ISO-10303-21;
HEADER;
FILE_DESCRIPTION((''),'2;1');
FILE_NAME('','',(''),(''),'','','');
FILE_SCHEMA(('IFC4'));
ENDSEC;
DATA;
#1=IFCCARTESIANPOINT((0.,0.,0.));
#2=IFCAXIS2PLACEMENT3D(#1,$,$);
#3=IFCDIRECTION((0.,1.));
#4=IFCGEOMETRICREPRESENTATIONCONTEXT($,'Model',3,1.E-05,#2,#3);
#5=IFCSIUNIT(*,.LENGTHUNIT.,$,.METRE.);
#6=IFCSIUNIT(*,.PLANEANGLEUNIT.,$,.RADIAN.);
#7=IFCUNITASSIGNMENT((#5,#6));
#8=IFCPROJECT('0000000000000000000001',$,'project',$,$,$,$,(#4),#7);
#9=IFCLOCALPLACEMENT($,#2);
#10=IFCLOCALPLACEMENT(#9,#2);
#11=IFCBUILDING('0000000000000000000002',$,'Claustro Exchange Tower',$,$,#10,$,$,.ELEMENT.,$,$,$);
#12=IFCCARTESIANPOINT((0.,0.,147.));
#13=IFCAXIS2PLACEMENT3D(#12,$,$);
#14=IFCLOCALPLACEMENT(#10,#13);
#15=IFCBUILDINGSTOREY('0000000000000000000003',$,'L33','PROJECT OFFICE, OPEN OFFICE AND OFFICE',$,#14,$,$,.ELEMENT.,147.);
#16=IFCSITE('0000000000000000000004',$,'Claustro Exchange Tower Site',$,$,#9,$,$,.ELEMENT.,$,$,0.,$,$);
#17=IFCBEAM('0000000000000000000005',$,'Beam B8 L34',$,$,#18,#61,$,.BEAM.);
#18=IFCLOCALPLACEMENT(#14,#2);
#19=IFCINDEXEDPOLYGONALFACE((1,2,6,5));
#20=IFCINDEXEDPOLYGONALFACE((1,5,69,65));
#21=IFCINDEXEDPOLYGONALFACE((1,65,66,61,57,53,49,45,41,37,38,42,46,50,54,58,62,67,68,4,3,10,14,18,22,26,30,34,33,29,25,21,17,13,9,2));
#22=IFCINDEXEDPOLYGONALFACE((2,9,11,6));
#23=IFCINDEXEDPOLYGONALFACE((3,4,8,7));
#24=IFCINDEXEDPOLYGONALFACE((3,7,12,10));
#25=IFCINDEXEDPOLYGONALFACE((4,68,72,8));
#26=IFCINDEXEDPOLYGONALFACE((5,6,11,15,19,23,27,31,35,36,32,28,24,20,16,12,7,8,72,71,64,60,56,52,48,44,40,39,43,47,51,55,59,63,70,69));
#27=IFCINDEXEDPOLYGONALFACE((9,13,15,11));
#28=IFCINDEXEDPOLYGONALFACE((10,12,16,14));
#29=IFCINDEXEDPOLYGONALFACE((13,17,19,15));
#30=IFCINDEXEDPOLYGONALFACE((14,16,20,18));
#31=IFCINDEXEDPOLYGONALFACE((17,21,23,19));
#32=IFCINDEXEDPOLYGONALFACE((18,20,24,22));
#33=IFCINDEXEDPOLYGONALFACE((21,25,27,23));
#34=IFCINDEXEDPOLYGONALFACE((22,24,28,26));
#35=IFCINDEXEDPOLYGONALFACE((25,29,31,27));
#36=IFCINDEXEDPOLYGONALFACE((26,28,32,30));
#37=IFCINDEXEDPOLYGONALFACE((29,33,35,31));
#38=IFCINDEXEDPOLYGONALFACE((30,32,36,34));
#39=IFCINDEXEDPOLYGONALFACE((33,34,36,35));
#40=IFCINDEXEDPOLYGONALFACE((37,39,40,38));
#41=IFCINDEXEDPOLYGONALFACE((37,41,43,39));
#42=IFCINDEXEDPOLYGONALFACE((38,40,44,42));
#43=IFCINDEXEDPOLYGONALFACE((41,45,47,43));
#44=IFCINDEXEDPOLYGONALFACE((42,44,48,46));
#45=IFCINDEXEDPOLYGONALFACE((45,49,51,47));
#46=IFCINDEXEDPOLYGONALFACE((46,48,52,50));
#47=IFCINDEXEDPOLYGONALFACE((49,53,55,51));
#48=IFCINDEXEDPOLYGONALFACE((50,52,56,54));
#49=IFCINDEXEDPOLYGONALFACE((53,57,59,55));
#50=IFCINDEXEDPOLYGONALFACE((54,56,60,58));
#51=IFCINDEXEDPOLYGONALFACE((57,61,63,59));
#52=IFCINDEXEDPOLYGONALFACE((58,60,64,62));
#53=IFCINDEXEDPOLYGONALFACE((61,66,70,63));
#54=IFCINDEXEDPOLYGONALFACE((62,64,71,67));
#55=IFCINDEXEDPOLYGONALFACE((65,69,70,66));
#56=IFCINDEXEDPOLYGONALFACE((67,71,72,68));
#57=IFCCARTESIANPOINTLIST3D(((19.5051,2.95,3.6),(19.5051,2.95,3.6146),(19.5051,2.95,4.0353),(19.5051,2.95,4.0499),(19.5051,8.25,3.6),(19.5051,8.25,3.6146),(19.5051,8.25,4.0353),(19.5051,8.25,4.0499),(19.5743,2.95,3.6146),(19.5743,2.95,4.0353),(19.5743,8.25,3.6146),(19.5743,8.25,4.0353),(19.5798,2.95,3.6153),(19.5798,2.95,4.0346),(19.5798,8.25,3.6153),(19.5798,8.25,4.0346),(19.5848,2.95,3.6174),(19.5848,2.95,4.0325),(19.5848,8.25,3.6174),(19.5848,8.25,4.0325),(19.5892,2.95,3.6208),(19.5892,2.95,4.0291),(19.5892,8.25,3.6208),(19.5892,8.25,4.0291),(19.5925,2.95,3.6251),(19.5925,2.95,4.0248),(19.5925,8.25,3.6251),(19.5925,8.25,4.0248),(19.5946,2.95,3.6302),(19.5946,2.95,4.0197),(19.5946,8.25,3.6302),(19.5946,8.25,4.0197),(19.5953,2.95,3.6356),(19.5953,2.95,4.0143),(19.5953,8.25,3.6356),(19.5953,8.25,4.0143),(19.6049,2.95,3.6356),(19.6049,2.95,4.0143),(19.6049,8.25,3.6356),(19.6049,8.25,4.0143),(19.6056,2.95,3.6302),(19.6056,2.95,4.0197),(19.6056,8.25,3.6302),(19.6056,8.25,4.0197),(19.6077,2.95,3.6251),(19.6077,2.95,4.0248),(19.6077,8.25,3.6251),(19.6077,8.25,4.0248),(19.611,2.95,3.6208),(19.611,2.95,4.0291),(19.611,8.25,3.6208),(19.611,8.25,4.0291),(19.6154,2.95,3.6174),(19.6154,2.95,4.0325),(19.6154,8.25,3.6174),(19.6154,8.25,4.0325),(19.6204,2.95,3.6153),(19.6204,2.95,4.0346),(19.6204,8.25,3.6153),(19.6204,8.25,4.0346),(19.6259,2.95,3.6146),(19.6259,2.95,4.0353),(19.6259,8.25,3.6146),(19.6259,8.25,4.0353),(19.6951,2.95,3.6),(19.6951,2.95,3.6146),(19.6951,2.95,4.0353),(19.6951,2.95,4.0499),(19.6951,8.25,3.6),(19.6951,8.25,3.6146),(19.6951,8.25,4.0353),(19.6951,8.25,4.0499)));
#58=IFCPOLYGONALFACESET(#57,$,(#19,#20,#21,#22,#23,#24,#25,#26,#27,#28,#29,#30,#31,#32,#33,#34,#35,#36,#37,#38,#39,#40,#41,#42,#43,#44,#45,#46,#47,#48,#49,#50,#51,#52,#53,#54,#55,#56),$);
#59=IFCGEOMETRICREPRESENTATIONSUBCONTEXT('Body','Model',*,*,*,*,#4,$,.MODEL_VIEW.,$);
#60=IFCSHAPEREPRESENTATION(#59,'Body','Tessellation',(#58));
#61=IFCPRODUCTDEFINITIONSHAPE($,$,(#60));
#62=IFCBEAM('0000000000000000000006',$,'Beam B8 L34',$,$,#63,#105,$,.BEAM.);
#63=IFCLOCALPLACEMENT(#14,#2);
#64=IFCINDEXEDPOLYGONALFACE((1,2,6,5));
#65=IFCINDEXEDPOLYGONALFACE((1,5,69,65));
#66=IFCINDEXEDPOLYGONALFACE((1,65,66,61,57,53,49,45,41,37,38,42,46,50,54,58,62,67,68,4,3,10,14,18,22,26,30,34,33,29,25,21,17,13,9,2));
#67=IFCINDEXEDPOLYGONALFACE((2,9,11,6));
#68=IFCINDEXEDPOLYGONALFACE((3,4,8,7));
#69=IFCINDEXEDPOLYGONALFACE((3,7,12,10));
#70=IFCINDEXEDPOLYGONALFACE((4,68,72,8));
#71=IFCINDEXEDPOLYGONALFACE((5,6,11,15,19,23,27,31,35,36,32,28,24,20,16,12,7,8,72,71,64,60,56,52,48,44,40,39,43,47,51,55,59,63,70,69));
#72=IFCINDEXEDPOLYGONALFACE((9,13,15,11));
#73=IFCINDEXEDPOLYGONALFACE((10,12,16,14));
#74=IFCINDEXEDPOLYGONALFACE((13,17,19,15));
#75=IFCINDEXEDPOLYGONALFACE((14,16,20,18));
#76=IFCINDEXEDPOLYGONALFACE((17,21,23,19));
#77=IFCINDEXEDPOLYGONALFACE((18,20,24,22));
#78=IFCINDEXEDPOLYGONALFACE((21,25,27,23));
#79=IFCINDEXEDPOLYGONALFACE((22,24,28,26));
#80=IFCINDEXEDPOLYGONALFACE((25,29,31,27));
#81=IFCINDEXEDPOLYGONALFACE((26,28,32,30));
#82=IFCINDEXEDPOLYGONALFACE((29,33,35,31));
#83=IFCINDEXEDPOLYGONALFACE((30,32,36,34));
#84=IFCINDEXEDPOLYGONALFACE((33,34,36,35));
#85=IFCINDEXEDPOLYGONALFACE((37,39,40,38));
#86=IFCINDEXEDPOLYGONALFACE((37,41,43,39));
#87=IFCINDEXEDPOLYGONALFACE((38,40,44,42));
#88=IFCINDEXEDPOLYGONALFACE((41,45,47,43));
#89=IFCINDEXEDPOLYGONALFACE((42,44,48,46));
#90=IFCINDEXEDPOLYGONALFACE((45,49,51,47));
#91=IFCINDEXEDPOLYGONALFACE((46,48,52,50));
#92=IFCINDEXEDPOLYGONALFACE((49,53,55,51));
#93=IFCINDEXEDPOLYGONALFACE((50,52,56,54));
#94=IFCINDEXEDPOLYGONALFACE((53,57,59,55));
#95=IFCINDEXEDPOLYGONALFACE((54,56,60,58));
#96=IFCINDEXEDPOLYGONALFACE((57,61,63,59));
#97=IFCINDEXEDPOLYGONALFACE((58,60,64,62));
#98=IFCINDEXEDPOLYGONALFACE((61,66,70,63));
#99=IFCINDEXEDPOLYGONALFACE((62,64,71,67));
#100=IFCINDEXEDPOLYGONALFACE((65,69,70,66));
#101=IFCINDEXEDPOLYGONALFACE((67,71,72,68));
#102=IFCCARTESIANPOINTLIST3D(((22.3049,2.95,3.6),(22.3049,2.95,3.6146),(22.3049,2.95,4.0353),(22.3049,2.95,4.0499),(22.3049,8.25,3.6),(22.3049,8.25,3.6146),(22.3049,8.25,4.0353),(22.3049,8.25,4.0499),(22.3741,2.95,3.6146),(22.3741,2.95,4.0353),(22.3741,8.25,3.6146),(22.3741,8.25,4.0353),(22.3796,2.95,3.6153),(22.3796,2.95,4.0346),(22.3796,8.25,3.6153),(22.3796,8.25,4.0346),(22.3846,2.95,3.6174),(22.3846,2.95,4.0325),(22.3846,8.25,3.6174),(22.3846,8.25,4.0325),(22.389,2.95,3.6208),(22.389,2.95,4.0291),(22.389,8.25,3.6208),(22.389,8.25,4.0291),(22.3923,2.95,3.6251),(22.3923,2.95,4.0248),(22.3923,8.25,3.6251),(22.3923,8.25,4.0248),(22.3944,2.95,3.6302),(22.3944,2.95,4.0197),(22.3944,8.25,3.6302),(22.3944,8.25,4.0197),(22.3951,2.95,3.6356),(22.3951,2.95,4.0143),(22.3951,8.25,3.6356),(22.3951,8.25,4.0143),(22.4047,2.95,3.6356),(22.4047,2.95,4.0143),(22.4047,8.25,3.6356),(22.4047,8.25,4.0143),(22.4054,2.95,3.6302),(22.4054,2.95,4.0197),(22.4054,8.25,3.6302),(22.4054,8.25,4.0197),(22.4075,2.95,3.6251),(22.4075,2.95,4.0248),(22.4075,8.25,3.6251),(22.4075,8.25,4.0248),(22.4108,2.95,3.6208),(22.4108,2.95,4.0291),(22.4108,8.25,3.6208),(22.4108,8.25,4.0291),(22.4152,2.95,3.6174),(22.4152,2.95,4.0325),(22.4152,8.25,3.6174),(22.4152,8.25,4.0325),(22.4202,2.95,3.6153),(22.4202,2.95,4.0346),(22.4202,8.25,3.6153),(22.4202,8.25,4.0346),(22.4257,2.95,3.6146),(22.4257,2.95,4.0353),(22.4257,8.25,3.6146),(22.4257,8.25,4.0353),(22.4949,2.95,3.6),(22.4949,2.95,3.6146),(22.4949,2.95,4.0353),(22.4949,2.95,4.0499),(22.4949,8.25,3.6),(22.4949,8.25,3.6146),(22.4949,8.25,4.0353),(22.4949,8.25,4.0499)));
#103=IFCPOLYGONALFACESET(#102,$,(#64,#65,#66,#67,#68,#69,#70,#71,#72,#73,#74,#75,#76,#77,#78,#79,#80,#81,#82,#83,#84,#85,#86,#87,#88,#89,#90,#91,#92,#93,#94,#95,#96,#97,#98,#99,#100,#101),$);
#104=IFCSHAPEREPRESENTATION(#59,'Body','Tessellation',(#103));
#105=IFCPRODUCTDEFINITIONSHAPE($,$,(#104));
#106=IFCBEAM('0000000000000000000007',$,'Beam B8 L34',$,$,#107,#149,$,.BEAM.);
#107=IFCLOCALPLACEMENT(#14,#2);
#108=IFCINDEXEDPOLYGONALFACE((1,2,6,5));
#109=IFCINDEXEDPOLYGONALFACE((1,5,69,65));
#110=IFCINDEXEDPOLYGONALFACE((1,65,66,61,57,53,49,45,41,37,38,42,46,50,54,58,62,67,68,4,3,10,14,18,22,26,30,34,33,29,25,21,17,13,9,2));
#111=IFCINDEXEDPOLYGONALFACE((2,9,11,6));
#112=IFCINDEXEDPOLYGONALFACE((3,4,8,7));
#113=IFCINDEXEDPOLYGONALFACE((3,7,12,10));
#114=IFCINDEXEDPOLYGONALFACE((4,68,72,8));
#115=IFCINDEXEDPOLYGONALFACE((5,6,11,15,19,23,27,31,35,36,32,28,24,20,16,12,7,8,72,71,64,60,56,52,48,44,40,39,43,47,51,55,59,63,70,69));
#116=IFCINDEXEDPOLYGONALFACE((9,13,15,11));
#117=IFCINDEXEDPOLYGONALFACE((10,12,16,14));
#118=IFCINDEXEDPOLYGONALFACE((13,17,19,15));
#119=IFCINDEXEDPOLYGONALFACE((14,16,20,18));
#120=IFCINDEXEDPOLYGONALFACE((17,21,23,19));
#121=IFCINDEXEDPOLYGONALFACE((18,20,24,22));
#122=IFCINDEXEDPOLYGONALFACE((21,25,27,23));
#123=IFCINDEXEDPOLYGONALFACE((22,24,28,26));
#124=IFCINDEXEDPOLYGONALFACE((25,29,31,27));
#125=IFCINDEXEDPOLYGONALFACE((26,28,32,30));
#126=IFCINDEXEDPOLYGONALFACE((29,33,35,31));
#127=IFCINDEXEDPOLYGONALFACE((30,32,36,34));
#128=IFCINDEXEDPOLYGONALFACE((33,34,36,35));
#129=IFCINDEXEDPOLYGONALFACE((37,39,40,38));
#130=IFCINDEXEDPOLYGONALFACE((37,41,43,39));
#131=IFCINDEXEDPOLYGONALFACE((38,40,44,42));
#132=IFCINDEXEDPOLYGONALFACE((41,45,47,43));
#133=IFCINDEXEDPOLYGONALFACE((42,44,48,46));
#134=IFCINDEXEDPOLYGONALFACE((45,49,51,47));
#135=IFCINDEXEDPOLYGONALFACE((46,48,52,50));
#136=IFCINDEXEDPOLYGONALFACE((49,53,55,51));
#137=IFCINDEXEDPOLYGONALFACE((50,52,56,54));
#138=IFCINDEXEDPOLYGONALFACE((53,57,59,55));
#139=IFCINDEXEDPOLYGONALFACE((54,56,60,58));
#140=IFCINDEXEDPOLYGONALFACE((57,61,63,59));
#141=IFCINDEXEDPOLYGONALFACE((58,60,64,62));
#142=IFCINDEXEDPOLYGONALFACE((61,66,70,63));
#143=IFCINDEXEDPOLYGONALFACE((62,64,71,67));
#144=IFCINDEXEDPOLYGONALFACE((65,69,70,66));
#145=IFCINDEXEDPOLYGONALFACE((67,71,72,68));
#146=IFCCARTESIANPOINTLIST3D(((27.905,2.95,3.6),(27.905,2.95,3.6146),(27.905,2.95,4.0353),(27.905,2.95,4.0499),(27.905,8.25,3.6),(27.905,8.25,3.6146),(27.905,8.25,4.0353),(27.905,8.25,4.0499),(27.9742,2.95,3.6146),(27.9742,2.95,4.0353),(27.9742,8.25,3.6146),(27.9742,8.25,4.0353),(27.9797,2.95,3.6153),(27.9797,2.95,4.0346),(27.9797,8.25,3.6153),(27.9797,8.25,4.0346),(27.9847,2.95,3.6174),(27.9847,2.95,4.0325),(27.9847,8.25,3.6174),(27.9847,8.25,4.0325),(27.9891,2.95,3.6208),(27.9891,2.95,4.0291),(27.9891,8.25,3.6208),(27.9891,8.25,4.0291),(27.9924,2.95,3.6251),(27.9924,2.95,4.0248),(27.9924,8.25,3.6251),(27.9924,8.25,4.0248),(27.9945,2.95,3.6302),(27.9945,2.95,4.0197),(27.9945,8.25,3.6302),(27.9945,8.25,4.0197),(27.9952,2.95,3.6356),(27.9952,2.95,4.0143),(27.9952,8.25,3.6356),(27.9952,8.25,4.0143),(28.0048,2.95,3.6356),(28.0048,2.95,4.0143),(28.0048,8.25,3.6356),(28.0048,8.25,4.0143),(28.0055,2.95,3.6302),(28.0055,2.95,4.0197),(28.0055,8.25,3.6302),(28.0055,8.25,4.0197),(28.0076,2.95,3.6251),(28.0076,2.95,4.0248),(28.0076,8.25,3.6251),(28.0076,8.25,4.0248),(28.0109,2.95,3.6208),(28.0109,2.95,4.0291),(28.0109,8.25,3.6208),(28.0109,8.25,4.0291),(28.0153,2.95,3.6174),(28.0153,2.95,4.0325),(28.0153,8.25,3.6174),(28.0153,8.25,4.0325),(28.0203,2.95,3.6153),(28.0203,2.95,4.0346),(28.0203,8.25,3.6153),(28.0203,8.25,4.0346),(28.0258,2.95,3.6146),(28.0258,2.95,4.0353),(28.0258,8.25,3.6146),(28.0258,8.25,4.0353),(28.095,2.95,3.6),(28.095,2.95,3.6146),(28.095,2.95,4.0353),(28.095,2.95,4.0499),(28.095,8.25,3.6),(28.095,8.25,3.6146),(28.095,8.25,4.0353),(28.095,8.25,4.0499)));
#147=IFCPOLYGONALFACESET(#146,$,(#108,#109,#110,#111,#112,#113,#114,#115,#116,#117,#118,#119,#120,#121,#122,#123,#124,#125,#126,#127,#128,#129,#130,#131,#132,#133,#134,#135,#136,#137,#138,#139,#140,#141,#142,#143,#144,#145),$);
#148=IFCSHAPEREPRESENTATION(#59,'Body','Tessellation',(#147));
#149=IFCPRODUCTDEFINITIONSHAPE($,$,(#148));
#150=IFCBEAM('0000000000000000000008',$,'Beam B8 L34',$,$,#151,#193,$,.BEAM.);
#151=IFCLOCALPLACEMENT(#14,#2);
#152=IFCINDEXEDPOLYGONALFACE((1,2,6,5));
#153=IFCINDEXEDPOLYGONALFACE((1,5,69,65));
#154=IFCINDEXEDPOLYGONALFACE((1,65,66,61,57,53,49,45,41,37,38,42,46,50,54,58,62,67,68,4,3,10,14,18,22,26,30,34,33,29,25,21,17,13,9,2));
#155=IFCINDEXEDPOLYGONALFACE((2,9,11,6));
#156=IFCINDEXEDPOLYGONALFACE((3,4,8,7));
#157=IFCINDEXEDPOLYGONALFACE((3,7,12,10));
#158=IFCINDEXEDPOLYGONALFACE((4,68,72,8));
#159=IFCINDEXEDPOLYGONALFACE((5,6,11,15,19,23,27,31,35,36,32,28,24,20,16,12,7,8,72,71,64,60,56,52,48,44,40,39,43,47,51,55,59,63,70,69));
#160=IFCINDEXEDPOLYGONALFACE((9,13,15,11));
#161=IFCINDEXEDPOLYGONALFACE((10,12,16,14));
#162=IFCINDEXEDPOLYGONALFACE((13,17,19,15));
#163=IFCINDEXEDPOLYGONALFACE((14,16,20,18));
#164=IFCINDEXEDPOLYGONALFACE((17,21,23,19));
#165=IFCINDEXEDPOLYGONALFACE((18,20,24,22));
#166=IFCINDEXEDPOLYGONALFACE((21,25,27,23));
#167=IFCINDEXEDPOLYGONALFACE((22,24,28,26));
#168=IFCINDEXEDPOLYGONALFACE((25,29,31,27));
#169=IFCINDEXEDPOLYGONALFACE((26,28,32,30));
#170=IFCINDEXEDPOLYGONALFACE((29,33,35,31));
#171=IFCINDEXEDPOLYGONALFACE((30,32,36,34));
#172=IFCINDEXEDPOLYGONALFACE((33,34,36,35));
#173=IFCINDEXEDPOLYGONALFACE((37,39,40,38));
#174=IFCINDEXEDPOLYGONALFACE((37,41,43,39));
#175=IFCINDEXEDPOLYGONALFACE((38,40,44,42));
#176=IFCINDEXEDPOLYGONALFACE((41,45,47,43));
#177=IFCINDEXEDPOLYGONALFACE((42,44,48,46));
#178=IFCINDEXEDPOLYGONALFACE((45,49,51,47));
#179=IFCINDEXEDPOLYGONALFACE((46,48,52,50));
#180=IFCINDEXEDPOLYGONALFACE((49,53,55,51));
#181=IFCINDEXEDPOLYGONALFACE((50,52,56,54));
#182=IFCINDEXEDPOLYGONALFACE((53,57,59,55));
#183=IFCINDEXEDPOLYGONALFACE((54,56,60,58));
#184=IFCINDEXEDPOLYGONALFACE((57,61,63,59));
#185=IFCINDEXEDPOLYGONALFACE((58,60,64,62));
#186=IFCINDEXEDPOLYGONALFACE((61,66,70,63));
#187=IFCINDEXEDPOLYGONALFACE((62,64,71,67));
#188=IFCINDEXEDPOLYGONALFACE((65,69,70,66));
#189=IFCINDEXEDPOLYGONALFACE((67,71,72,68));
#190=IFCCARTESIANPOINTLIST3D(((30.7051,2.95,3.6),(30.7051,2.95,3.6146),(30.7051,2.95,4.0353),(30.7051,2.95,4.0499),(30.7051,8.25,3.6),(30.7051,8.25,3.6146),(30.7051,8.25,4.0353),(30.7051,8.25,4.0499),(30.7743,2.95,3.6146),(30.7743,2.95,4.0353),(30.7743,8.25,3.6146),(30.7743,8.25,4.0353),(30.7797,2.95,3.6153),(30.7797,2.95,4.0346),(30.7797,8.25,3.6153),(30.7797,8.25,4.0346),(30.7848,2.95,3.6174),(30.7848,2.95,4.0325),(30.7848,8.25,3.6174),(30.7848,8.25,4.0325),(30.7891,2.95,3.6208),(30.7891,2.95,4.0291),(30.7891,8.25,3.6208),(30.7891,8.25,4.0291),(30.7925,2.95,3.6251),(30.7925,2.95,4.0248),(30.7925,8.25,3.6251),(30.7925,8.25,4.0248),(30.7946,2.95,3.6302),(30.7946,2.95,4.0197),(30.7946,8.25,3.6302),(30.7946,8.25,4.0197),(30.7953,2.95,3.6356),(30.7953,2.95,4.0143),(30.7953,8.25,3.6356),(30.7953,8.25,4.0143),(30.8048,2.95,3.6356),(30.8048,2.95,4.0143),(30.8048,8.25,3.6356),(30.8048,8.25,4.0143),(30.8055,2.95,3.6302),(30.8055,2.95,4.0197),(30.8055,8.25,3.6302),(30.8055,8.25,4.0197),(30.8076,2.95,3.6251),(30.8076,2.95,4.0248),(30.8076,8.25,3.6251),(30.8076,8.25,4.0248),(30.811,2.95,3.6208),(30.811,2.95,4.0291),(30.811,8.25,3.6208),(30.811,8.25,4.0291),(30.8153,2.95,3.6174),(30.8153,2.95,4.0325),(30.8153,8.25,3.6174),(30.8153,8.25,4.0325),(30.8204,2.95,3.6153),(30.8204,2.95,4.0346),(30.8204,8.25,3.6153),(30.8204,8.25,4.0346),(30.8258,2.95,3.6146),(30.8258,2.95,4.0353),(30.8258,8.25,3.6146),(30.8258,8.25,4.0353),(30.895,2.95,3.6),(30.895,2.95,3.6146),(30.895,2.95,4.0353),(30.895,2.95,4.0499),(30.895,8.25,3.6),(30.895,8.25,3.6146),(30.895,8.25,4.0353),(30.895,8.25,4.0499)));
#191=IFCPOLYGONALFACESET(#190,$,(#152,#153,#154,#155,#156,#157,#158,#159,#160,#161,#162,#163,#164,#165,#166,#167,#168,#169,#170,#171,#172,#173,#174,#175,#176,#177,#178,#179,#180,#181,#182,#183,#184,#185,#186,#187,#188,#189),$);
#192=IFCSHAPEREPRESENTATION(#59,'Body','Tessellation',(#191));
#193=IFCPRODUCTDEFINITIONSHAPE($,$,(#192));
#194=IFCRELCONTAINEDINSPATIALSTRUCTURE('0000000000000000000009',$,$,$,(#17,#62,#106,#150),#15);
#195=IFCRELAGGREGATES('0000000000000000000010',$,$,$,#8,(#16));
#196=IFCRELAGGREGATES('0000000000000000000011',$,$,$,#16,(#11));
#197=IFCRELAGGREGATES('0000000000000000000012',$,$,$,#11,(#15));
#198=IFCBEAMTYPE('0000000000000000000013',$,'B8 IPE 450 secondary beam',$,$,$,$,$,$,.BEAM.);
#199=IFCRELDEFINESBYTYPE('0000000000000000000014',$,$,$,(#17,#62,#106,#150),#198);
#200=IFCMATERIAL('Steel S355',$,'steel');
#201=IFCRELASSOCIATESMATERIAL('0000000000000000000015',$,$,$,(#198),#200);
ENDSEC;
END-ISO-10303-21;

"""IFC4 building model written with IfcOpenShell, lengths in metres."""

from ifc_helpers import new_model, si_unit, direction, frame, origin, origin_2d, place, context, subcontext, project, spatial, i_section, extrude, material, material_profile, profile_set, type_object, element, save


model = new_model("IFC4")

# Units and contexts
model_context = context("Model", 3, precision=1e-05, world=origin(), true_north=direction((0.0, 1.0)))
body_context = subcontext(model_context, "Body", "Model", "MODEL_VIEW")
ifc_project = project(units=[si_unit("LENGTHUNIT", "METRE"), si_unit("PLANEANGLEUNIT", "RADIAN")], contexts=[model_context])

# Site, building, storey
site_placement = place(None, origin())
site = spatial("IfcSite", under=ifc_project, at=site_placement, Name="Claustro Exchange Tower Site", CompositionType="ELEMENT", RefElevation=0.0)
building_placement = place(site_placement, origin())
building = spatial("IfcBuilding", under=site, at=building_placement, Name="Claustro Exchange Tower", CompositionType="ELEMENT")
storey_placement = place(building_placement, frame((0.0, 0.0, 147.0)))
storey = spatial("IfcBuildingStorey", under=building, at=storey_placement, Name="L33", Description="PROJECT OFFICE, OPEN OFFICE AND OFFICE", CompositionType="ELEMENT", Elevation=147.0)

# Beams
ifc_material_1 = material(Name="Steel S355", Category="steel")
ifc_material_profile_1 = material_profile(ifc_material_1, i_section(OverallWidth=0.1899, OverallDepth=0.45, WebThickness=0.0095, FlangeThickness=0.0146, FilletRadius=0.021, at=origin_2d()), Name="IPE 450")
ifc_profile_set_1 = profile_set([ifc_material_profile_1], Name="Steel S355")
beam_type_1 = type_object("IfcBeamType", Name="B8 IPE 450 secondary beam", PredefinedType="BEAM", material=ifc_profile_set_1)
for number, where, z_axis, x_axis, name in (
    (1, (19.6001, 2.95, 3.825), (0.0, 1.0, 0.0), (-1.0, 0.0, 0.0), "Beam B8 L34"),
    (2, (22.3999, 2.95, 3.825), (0.0, 1.0, 0.0), (-1.0, 0.0, 0.0), "Beam B8 L34"),
    (3, (28.0, 2.95, 3.825), (0.0, 1.0, 0.0), (-1.0, 0.0, 0.0), "Beam B8 L34"),
    (4, (30.8, 2.95, 3.825), (0.0, 1.0, 0.0), (-1.0, 0.0, 0.0), "Beam B8 L34"),
):
    element("IfcBeam", number, at=place(storey_placement, frame(where, z_axis=z_axis, x_axis=x_axis)), inside=storey, type_object=beam_type_1, Name=name, PredefinedType="BEAM", context=body_context, shape_type="SweptSolid", body=[
        extrude(i_section(OverallWidth=0.1899, OverallDepth=0.45, WebThickness=0.0095, FlangeThickness=0.0146, FilletRadius=0.021, at=origin_2d()), origin(), (0.0, 0.0, 1.0), 5.3),
    ])

save(model, "model.ifc")
